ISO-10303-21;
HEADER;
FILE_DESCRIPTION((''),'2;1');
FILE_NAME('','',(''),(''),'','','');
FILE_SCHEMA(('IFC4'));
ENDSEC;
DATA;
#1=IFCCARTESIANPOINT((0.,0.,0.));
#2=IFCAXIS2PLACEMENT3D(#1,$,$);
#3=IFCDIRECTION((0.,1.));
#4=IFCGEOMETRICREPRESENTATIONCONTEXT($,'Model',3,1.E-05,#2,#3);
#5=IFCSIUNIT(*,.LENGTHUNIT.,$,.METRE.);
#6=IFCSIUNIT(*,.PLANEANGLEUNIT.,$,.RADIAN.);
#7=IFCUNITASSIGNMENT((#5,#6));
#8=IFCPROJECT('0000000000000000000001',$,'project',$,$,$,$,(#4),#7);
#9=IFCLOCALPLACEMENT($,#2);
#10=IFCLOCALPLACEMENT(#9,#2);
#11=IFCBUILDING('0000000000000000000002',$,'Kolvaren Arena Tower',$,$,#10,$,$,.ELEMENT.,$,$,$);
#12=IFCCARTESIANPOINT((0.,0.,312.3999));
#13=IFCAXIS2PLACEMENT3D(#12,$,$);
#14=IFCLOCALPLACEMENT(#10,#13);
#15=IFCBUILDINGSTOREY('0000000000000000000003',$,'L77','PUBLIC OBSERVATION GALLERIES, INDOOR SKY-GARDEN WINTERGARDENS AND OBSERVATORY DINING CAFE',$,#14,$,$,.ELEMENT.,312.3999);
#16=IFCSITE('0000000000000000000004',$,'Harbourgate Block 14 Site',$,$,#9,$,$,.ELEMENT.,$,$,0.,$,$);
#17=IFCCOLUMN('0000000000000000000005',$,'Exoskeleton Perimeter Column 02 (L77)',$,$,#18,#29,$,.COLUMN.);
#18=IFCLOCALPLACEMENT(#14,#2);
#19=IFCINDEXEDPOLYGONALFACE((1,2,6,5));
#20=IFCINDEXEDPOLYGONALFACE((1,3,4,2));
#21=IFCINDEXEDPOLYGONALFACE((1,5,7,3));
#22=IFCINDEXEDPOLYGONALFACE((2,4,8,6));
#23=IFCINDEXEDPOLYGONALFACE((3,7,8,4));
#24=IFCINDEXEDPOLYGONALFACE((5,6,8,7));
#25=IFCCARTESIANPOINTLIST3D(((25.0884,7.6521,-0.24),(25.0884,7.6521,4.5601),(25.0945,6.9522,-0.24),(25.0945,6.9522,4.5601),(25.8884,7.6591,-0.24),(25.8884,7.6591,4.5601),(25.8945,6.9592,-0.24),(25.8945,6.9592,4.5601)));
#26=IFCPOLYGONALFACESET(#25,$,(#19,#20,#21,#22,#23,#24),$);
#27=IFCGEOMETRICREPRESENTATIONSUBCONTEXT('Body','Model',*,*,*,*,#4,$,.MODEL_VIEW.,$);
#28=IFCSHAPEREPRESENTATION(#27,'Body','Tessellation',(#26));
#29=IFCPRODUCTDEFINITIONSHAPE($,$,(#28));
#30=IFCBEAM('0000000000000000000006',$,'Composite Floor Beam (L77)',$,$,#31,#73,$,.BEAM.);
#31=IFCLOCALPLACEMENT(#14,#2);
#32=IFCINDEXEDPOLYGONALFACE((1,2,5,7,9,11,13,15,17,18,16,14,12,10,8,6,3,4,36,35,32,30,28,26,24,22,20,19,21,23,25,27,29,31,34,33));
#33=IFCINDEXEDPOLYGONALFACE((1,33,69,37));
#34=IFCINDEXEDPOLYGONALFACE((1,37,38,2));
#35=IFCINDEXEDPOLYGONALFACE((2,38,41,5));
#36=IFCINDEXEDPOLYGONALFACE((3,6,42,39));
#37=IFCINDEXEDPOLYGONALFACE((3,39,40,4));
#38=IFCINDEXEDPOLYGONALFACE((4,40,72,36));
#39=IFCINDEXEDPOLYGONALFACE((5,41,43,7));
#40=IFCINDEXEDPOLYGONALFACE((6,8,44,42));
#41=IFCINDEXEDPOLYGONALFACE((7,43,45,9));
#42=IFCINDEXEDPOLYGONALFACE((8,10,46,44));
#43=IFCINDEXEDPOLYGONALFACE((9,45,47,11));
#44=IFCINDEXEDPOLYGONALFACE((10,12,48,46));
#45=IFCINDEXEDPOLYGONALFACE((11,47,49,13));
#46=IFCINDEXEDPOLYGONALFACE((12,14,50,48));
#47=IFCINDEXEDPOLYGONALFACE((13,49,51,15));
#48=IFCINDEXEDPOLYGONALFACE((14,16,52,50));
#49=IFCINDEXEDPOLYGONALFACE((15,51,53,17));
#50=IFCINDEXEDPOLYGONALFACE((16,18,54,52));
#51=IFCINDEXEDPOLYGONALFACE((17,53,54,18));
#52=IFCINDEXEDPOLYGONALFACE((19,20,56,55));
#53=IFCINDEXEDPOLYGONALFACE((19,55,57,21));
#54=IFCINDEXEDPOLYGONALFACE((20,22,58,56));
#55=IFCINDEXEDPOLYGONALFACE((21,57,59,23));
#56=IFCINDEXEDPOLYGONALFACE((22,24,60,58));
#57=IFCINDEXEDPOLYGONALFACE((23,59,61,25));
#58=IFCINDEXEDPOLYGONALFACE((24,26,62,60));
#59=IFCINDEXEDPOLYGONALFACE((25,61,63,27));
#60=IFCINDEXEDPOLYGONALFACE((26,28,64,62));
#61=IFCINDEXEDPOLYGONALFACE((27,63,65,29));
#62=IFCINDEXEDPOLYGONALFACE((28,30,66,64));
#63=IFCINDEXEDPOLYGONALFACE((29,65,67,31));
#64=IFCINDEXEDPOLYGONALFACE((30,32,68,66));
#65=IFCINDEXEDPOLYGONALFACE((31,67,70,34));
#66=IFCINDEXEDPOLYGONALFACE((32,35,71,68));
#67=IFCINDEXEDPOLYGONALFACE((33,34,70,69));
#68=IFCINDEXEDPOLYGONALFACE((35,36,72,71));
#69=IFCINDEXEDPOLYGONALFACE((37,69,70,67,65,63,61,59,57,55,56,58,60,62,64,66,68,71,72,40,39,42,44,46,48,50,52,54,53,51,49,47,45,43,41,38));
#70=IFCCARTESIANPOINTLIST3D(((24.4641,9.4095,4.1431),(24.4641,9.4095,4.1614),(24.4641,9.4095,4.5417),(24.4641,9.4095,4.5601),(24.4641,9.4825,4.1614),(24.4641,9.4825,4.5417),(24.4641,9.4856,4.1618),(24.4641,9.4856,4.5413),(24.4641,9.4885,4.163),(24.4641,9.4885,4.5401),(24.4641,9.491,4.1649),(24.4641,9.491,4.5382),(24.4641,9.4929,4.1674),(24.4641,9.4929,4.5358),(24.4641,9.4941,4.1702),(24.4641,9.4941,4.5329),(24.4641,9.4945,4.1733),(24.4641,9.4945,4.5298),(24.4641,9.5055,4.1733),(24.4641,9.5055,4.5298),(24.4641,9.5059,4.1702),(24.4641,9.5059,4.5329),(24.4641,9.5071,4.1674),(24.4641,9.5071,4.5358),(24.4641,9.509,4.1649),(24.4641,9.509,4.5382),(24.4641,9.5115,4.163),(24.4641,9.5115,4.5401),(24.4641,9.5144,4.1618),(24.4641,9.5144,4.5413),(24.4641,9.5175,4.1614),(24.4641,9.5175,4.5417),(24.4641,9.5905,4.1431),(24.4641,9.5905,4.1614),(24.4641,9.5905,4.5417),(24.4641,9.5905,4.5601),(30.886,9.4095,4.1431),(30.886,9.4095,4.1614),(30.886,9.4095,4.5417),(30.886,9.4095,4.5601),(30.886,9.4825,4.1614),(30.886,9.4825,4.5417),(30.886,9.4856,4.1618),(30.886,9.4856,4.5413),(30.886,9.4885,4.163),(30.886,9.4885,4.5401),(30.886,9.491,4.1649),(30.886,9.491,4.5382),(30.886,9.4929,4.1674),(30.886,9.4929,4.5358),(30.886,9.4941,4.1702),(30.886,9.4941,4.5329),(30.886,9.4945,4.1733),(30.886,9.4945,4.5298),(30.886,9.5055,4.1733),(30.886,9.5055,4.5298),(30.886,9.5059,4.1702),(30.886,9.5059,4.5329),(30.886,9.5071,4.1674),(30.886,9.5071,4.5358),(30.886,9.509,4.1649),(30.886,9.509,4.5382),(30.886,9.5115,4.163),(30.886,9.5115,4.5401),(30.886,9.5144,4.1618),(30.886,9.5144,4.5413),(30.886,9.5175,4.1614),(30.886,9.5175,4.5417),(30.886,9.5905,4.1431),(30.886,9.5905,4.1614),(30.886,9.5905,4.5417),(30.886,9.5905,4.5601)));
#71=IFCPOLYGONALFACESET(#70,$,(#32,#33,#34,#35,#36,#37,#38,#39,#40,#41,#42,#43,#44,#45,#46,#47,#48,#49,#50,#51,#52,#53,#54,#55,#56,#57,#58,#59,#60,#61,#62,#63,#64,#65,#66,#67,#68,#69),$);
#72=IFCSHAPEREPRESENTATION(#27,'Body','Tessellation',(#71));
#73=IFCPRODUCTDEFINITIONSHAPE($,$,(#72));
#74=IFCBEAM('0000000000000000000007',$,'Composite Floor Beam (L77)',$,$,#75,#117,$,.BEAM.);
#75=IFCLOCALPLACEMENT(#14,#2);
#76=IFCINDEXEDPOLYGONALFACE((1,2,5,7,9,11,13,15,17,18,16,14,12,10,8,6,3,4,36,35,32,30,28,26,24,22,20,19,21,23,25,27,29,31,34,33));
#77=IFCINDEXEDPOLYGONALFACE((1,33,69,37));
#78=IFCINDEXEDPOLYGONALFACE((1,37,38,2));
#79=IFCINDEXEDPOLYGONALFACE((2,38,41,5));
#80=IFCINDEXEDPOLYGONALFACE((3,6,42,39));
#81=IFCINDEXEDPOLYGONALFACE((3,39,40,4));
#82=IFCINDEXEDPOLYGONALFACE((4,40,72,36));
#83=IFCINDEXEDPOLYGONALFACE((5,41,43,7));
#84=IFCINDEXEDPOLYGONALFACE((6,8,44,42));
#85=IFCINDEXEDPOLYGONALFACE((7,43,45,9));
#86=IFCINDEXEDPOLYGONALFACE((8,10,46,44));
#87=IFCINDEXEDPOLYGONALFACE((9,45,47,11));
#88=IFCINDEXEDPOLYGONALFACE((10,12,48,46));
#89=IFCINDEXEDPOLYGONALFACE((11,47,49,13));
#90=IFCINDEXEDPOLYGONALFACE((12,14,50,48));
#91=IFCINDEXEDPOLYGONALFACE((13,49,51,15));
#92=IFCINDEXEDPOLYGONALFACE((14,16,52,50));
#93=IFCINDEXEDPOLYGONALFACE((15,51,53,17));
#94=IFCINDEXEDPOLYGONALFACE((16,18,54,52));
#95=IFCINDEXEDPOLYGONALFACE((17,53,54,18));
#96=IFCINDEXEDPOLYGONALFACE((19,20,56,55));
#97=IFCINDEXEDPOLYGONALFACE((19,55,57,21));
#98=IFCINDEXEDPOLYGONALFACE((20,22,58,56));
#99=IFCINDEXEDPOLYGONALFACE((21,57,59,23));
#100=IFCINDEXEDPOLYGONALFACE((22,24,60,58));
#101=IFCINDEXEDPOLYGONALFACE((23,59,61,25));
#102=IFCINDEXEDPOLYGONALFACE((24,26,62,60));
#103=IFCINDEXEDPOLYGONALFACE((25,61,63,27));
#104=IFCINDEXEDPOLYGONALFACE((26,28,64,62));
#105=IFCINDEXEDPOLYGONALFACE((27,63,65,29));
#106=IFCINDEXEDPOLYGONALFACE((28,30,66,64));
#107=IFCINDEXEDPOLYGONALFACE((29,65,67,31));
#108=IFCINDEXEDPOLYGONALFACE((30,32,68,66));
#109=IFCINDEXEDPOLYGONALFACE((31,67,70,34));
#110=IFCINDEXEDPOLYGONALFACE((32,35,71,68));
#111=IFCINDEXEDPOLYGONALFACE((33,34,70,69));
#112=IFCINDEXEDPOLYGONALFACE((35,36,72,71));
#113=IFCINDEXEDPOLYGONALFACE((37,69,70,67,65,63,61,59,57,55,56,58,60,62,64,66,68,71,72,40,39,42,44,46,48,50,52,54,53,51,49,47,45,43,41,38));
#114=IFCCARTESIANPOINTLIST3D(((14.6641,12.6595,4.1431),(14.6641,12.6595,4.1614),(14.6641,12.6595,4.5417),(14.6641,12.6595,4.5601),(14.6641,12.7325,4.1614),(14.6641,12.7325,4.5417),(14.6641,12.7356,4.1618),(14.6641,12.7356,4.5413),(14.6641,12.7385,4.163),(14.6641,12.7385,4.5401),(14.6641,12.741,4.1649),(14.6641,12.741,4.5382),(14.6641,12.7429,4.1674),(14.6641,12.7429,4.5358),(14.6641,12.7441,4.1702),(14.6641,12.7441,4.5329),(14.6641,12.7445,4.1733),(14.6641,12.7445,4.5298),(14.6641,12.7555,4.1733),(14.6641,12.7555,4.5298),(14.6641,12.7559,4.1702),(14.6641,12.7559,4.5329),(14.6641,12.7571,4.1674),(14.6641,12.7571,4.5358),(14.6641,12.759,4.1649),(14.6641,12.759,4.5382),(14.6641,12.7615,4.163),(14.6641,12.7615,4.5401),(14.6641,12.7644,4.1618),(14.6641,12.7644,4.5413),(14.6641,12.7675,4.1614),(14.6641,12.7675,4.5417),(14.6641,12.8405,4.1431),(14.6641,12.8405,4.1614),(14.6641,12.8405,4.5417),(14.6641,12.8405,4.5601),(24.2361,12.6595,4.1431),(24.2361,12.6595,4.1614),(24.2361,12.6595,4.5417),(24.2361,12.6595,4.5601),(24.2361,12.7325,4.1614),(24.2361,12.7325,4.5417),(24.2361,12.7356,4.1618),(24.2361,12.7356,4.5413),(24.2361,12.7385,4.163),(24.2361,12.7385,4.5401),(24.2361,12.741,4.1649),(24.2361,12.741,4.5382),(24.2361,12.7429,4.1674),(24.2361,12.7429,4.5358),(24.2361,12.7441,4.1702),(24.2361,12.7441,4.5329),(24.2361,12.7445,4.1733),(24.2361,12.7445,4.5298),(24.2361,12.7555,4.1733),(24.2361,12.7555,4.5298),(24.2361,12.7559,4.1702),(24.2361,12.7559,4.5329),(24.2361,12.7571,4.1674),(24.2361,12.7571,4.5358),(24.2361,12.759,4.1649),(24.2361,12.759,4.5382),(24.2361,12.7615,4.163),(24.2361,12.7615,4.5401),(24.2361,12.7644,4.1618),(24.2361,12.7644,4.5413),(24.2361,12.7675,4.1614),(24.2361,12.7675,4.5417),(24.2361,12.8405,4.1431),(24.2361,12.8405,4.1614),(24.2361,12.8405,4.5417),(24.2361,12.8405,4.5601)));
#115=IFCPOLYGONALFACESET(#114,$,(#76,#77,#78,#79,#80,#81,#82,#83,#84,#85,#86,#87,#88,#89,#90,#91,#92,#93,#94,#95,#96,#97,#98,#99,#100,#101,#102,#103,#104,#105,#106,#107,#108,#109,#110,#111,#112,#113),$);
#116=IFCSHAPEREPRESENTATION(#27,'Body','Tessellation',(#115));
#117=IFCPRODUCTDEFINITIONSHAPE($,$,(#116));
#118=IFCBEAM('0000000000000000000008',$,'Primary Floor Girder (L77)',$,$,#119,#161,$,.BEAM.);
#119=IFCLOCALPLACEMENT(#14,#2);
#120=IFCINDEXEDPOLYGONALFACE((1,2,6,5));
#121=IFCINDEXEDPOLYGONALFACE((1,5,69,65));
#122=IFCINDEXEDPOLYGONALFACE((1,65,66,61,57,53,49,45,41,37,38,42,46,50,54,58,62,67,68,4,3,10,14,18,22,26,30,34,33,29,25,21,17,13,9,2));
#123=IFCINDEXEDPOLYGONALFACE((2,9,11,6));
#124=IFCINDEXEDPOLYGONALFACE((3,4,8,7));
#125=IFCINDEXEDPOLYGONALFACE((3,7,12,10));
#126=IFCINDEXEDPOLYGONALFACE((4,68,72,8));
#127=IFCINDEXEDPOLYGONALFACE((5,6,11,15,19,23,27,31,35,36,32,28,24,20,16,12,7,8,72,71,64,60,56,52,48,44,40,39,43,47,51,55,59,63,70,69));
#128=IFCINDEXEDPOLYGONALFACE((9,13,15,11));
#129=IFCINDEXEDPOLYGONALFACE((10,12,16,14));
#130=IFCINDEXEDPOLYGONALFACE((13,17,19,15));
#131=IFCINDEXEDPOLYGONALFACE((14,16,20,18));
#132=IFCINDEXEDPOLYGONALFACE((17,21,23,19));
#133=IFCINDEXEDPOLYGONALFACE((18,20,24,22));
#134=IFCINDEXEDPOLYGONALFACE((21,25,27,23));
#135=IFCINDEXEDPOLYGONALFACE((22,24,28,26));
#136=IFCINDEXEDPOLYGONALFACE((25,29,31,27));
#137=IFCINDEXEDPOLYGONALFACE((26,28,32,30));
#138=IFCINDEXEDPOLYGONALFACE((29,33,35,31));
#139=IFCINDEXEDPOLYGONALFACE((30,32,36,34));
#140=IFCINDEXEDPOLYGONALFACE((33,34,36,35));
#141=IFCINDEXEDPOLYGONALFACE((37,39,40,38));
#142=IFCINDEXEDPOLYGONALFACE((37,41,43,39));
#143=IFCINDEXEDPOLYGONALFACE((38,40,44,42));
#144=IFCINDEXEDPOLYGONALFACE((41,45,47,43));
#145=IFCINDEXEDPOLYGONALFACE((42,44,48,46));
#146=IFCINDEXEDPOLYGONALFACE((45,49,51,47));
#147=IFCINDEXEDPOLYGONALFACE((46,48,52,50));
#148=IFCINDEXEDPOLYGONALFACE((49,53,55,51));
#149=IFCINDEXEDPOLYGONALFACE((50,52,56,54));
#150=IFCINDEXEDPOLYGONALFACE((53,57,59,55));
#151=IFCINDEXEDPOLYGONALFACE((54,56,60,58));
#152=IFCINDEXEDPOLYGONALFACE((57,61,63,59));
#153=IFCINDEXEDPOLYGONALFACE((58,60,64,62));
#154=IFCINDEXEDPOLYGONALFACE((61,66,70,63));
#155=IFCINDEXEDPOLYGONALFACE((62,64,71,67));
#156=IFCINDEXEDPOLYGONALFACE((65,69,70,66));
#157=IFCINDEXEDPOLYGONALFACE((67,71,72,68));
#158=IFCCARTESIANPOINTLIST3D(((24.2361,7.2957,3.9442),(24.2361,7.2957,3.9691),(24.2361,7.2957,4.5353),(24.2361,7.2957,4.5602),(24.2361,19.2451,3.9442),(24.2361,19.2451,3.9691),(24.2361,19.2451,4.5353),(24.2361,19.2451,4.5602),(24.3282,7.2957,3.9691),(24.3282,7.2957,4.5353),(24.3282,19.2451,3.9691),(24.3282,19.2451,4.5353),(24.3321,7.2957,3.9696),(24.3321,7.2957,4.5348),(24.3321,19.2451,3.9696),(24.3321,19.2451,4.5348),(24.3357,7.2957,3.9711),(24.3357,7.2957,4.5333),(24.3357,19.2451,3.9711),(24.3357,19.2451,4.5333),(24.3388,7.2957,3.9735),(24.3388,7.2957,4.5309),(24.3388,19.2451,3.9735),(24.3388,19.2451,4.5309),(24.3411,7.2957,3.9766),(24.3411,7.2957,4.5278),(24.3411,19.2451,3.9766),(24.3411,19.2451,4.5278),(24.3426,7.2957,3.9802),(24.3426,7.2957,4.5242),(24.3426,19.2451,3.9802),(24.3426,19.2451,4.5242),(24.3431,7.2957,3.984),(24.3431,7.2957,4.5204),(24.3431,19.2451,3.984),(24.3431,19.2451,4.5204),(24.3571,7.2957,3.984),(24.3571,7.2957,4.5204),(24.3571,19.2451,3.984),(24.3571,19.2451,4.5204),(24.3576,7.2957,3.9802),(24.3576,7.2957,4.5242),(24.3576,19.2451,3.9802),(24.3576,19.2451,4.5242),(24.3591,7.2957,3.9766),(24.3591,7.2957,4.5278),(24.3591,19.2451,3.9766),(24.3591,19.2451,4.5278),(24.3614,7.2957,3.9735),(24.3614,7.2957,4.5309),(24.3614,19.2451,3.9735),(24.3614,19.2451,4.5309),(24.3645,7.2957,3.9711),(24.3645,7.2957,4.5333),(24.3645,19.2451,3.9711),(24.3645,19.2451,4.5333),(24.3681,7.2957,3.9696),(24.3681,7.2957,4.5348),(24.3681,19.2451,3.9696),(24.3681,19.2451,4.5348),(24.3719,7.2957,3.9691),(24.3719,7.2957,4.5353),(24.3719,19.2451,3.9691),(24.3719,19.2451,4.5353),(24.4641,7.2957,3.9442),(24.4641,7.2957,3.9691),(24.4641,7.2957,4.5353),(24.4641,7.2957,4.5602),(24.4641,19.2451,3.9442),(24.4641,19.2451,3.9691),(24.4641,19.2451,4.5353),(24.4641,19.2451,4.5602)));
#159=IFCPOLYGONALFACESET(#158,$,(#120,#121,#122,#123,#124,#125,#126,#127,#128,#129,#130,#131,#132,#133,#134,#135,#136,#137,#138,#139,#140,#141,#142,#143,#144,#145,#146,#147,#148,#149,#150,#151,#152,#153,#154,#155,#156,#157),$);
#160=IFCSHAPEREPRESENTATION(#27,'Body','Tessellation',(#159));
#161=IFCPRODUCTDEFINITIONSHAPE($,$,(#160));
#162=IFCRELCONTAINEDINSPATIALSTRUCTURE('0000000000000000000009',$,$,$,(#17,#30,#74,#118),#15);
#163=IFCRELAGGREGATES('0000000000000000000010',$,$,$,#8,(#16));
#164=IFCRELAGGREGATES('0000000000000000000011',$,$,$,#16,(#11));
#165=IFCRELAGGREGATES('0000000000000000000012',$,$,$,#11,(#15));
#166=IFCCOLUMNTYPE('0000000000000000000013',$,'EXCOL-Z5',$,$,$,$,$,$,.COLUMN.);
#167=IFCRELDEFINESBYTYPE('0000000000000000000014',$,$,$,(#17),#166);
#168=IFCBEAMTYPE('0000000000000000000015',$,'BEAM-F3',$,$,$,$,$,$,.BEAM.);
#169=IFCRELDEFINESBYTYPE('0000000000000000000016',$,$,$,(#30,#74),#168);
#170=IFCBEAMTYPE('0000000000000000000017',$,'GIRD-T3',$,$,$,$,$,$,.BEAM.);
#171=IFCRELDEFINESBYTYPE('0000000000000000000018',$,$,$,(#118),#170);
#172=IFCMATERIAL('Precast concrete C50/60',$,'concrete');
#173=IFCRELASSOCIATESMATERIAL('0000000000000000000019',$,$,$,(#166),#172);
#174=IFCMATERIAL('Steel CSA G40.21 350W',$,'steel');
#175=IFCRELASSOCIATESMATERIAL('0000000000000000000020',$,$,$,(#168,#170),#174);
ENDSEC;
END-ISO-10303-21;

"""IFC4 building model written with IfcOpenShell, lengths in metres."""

from ifc_helpers import new_model, si_unit, direction, frame, origin, origin_2d, place, context, subcontext, project, spatial, rectangle, i_section, extrude, material, material_profile, profile_set, type_object, element, save


model = new_model("IFC4")

# Units and contexts
model_context = context("Model", 3, precision=1e-05, world=origin(), true_north=direction((0.0, 1.0)))
body_context = subcontext(model_context, "Body", "Model", "MODEL_VIEW")
ifc_project = project(units=[si_unit("LENGTHUNIT", "METRE"), si_unit("PLANEANGLEUNIT", "RADIAN")], contexts=[model_context])

# Site, building, storey
site_placement = place(None, origin())
site = spatial("IfcSite", under=ifc_project, at=site_placement, Name="Harbourgate Block 14 Site", CompositionType="ELEMENT", RefElevation=0.0)
building_placement = place(site_placement, origin())
building = spatial("IfcBuilding", under=site, at=building_placement, Name="Kolvaren Arena Tower", CompositionType="ELEMENT")
storey_placement = place(building_placement, frame((0.0, 0.0, 312.3999)))
storey = spatial("IfcBuildingStorey", under=building, at=storey_placement, Name="L77", Description="PUBLIC OBSERVATION GALLERIES, INDOOR SKY-GARDEN WINTERGARDENS AND OBSERVATORY DINING CAFE", CompositionType="ELEMENT", Elevation=312.3999)

# Column
ifc_material_1 = material(Name="Precast concrete C50/60", Category="concrete")
ifc_material_profile_1 = material_profile(ifc_material_1, rectangle(XDim=0.8, YDim=0.7, at=origin_2d()), Name="RC-800x700")
ifc_profile_set_1 = profile_set([ifc_material_profile_1], Name="Precast concrete C50/60")
column_type = type_object("IfcColumnType", Name="EXCOL-Z5", PredefinedType="COLUMN", material=ifc_profile_set_1)
column_placement = place(storey_placement, frame((25.4915, 7.3057, -0.24), z_axis=(0.0, 0.0, 1.0), x_axis=(0.999962, 0.008727, 0.0)))
element("IfcColumn", 1, at=column_placement, inside=storey, type_object=column_type, Name="Exoskeleton Perimeter Column 02 (L77)", PredefinedType="COLUMN", context=body_context, shape_type="SweptSolid", body=[
    extrude(rectangle(XDim=0.8, YDim=0.7, at=origin_2d()), origin(), (0.0, 0.0, 1.0), 4.8),
])

# Beams
ifc_material_2 = material(Name="Steel CSA G40.21 350W", Category="steel")
ifc_material_profile_2 = material_profile(ifc_material_2, i_section(OverallWidth=0.1809, OverallDepth=0.417, WebThickness=0.011, FlangeThickness=0.0183, FilletRadius=0.012, at=origin_2d()), Name="W410x85")
ifc_profile_set_2 = profile_set([ifc_material_profile_2], Name="Steel CSA G40.21 350W")
beam_type_1 = type_object("IfcBeamType", Name="BEAM-F3", PredefinedType="BEAM", material=ifc_profile_set_2)
beam_1_placement = place(storey_placement, frame((24.4641, 9.5, 4.3516), z_axis=(1.0, 0.0, 0.0), x_axis=(0.0, 1.0, 0.0)))
element("IfcBeam", 2, at=beam_1_placement, inside=storey, type_object=beam_type_1, Name="Composite Floor Beam (L77)", PredefinedType="BEAM", context=body_context, shape_type="SweptSolid", body=[
    extrude(i_section(OverallWidth=0.1809, OverallDepth=0.417, WebThickness=0.011, FlangeThickness=0.0183, FilletRadius=0.012, at=origin_2d()), origin(), (0.0, 0.0, 1.0), 6.4219),
])
beam_2_placement = place(storey_placement, frame((14.6641, 12.75, 4.3516), z_axis=(1.0, 0.0, 0.0), x_axis=(0.0, 1.0, 0.0)))
element("IfcBeam", 3, at=beam_2_placement, inside=storey, type_object=beam_type_1, Name="Composite Floor Beam (L77)", PredefinedType="BEAM", context=body_context, shape_type="SweptSolid", body=[
    extrude(i_section(OverallWidth=0.1809, OverallDepth=0.417, WebThickness=0.011, FlangeThickness=0.0183, FilletRadius=0.012, at=origin_2d()), origin(), (0.0, 0.0, 1.0), 9.572),
])
ifc_material_profile_3 = material_profile(ifc_material_2, i_section(OverallWidth=0.228, OverallDepth=0.616, WebThickness=0.0139, FlangeThickness=0.0249, FilletRadius=0.0149, at=origin_2d()), Name="W610x174")
ifc_profile_set_3 = profile_set([ifc_material_profile_3], Name="Steel CSA G40.21 350W")
beam_type_2 = type_object("IfcBeamType", Name="GIRD-T3", PredefinedType="BEAM", material=ifc_profile_set_3)
beam_3_placement = place(storey_placement, frame((24.3501, 7.2957, 4.2522), z_axis=(0.0, 1.0, 0.0), x_axis=(-1.0, 0.0, 0.0)))
element("IfcBeam", 4, at=beam_3_placement, inside=storey, type_object=beam_type_2, Name="Primary Floor Girder (L77)", PredefinedType="BEAM", context=body_context, shape_type="SweptSolid", body=[
    extrude(i_section(OverallWidth=0.228, OverallDepth=0.616, WebThickness=0.0139, FlangeThickness=0.0249, FilletRadius=0.0149, at=origin_2d()), origin(), (0.0, 0.0, 1.0), 11.9495),
])

save(model, "model.ifc")
